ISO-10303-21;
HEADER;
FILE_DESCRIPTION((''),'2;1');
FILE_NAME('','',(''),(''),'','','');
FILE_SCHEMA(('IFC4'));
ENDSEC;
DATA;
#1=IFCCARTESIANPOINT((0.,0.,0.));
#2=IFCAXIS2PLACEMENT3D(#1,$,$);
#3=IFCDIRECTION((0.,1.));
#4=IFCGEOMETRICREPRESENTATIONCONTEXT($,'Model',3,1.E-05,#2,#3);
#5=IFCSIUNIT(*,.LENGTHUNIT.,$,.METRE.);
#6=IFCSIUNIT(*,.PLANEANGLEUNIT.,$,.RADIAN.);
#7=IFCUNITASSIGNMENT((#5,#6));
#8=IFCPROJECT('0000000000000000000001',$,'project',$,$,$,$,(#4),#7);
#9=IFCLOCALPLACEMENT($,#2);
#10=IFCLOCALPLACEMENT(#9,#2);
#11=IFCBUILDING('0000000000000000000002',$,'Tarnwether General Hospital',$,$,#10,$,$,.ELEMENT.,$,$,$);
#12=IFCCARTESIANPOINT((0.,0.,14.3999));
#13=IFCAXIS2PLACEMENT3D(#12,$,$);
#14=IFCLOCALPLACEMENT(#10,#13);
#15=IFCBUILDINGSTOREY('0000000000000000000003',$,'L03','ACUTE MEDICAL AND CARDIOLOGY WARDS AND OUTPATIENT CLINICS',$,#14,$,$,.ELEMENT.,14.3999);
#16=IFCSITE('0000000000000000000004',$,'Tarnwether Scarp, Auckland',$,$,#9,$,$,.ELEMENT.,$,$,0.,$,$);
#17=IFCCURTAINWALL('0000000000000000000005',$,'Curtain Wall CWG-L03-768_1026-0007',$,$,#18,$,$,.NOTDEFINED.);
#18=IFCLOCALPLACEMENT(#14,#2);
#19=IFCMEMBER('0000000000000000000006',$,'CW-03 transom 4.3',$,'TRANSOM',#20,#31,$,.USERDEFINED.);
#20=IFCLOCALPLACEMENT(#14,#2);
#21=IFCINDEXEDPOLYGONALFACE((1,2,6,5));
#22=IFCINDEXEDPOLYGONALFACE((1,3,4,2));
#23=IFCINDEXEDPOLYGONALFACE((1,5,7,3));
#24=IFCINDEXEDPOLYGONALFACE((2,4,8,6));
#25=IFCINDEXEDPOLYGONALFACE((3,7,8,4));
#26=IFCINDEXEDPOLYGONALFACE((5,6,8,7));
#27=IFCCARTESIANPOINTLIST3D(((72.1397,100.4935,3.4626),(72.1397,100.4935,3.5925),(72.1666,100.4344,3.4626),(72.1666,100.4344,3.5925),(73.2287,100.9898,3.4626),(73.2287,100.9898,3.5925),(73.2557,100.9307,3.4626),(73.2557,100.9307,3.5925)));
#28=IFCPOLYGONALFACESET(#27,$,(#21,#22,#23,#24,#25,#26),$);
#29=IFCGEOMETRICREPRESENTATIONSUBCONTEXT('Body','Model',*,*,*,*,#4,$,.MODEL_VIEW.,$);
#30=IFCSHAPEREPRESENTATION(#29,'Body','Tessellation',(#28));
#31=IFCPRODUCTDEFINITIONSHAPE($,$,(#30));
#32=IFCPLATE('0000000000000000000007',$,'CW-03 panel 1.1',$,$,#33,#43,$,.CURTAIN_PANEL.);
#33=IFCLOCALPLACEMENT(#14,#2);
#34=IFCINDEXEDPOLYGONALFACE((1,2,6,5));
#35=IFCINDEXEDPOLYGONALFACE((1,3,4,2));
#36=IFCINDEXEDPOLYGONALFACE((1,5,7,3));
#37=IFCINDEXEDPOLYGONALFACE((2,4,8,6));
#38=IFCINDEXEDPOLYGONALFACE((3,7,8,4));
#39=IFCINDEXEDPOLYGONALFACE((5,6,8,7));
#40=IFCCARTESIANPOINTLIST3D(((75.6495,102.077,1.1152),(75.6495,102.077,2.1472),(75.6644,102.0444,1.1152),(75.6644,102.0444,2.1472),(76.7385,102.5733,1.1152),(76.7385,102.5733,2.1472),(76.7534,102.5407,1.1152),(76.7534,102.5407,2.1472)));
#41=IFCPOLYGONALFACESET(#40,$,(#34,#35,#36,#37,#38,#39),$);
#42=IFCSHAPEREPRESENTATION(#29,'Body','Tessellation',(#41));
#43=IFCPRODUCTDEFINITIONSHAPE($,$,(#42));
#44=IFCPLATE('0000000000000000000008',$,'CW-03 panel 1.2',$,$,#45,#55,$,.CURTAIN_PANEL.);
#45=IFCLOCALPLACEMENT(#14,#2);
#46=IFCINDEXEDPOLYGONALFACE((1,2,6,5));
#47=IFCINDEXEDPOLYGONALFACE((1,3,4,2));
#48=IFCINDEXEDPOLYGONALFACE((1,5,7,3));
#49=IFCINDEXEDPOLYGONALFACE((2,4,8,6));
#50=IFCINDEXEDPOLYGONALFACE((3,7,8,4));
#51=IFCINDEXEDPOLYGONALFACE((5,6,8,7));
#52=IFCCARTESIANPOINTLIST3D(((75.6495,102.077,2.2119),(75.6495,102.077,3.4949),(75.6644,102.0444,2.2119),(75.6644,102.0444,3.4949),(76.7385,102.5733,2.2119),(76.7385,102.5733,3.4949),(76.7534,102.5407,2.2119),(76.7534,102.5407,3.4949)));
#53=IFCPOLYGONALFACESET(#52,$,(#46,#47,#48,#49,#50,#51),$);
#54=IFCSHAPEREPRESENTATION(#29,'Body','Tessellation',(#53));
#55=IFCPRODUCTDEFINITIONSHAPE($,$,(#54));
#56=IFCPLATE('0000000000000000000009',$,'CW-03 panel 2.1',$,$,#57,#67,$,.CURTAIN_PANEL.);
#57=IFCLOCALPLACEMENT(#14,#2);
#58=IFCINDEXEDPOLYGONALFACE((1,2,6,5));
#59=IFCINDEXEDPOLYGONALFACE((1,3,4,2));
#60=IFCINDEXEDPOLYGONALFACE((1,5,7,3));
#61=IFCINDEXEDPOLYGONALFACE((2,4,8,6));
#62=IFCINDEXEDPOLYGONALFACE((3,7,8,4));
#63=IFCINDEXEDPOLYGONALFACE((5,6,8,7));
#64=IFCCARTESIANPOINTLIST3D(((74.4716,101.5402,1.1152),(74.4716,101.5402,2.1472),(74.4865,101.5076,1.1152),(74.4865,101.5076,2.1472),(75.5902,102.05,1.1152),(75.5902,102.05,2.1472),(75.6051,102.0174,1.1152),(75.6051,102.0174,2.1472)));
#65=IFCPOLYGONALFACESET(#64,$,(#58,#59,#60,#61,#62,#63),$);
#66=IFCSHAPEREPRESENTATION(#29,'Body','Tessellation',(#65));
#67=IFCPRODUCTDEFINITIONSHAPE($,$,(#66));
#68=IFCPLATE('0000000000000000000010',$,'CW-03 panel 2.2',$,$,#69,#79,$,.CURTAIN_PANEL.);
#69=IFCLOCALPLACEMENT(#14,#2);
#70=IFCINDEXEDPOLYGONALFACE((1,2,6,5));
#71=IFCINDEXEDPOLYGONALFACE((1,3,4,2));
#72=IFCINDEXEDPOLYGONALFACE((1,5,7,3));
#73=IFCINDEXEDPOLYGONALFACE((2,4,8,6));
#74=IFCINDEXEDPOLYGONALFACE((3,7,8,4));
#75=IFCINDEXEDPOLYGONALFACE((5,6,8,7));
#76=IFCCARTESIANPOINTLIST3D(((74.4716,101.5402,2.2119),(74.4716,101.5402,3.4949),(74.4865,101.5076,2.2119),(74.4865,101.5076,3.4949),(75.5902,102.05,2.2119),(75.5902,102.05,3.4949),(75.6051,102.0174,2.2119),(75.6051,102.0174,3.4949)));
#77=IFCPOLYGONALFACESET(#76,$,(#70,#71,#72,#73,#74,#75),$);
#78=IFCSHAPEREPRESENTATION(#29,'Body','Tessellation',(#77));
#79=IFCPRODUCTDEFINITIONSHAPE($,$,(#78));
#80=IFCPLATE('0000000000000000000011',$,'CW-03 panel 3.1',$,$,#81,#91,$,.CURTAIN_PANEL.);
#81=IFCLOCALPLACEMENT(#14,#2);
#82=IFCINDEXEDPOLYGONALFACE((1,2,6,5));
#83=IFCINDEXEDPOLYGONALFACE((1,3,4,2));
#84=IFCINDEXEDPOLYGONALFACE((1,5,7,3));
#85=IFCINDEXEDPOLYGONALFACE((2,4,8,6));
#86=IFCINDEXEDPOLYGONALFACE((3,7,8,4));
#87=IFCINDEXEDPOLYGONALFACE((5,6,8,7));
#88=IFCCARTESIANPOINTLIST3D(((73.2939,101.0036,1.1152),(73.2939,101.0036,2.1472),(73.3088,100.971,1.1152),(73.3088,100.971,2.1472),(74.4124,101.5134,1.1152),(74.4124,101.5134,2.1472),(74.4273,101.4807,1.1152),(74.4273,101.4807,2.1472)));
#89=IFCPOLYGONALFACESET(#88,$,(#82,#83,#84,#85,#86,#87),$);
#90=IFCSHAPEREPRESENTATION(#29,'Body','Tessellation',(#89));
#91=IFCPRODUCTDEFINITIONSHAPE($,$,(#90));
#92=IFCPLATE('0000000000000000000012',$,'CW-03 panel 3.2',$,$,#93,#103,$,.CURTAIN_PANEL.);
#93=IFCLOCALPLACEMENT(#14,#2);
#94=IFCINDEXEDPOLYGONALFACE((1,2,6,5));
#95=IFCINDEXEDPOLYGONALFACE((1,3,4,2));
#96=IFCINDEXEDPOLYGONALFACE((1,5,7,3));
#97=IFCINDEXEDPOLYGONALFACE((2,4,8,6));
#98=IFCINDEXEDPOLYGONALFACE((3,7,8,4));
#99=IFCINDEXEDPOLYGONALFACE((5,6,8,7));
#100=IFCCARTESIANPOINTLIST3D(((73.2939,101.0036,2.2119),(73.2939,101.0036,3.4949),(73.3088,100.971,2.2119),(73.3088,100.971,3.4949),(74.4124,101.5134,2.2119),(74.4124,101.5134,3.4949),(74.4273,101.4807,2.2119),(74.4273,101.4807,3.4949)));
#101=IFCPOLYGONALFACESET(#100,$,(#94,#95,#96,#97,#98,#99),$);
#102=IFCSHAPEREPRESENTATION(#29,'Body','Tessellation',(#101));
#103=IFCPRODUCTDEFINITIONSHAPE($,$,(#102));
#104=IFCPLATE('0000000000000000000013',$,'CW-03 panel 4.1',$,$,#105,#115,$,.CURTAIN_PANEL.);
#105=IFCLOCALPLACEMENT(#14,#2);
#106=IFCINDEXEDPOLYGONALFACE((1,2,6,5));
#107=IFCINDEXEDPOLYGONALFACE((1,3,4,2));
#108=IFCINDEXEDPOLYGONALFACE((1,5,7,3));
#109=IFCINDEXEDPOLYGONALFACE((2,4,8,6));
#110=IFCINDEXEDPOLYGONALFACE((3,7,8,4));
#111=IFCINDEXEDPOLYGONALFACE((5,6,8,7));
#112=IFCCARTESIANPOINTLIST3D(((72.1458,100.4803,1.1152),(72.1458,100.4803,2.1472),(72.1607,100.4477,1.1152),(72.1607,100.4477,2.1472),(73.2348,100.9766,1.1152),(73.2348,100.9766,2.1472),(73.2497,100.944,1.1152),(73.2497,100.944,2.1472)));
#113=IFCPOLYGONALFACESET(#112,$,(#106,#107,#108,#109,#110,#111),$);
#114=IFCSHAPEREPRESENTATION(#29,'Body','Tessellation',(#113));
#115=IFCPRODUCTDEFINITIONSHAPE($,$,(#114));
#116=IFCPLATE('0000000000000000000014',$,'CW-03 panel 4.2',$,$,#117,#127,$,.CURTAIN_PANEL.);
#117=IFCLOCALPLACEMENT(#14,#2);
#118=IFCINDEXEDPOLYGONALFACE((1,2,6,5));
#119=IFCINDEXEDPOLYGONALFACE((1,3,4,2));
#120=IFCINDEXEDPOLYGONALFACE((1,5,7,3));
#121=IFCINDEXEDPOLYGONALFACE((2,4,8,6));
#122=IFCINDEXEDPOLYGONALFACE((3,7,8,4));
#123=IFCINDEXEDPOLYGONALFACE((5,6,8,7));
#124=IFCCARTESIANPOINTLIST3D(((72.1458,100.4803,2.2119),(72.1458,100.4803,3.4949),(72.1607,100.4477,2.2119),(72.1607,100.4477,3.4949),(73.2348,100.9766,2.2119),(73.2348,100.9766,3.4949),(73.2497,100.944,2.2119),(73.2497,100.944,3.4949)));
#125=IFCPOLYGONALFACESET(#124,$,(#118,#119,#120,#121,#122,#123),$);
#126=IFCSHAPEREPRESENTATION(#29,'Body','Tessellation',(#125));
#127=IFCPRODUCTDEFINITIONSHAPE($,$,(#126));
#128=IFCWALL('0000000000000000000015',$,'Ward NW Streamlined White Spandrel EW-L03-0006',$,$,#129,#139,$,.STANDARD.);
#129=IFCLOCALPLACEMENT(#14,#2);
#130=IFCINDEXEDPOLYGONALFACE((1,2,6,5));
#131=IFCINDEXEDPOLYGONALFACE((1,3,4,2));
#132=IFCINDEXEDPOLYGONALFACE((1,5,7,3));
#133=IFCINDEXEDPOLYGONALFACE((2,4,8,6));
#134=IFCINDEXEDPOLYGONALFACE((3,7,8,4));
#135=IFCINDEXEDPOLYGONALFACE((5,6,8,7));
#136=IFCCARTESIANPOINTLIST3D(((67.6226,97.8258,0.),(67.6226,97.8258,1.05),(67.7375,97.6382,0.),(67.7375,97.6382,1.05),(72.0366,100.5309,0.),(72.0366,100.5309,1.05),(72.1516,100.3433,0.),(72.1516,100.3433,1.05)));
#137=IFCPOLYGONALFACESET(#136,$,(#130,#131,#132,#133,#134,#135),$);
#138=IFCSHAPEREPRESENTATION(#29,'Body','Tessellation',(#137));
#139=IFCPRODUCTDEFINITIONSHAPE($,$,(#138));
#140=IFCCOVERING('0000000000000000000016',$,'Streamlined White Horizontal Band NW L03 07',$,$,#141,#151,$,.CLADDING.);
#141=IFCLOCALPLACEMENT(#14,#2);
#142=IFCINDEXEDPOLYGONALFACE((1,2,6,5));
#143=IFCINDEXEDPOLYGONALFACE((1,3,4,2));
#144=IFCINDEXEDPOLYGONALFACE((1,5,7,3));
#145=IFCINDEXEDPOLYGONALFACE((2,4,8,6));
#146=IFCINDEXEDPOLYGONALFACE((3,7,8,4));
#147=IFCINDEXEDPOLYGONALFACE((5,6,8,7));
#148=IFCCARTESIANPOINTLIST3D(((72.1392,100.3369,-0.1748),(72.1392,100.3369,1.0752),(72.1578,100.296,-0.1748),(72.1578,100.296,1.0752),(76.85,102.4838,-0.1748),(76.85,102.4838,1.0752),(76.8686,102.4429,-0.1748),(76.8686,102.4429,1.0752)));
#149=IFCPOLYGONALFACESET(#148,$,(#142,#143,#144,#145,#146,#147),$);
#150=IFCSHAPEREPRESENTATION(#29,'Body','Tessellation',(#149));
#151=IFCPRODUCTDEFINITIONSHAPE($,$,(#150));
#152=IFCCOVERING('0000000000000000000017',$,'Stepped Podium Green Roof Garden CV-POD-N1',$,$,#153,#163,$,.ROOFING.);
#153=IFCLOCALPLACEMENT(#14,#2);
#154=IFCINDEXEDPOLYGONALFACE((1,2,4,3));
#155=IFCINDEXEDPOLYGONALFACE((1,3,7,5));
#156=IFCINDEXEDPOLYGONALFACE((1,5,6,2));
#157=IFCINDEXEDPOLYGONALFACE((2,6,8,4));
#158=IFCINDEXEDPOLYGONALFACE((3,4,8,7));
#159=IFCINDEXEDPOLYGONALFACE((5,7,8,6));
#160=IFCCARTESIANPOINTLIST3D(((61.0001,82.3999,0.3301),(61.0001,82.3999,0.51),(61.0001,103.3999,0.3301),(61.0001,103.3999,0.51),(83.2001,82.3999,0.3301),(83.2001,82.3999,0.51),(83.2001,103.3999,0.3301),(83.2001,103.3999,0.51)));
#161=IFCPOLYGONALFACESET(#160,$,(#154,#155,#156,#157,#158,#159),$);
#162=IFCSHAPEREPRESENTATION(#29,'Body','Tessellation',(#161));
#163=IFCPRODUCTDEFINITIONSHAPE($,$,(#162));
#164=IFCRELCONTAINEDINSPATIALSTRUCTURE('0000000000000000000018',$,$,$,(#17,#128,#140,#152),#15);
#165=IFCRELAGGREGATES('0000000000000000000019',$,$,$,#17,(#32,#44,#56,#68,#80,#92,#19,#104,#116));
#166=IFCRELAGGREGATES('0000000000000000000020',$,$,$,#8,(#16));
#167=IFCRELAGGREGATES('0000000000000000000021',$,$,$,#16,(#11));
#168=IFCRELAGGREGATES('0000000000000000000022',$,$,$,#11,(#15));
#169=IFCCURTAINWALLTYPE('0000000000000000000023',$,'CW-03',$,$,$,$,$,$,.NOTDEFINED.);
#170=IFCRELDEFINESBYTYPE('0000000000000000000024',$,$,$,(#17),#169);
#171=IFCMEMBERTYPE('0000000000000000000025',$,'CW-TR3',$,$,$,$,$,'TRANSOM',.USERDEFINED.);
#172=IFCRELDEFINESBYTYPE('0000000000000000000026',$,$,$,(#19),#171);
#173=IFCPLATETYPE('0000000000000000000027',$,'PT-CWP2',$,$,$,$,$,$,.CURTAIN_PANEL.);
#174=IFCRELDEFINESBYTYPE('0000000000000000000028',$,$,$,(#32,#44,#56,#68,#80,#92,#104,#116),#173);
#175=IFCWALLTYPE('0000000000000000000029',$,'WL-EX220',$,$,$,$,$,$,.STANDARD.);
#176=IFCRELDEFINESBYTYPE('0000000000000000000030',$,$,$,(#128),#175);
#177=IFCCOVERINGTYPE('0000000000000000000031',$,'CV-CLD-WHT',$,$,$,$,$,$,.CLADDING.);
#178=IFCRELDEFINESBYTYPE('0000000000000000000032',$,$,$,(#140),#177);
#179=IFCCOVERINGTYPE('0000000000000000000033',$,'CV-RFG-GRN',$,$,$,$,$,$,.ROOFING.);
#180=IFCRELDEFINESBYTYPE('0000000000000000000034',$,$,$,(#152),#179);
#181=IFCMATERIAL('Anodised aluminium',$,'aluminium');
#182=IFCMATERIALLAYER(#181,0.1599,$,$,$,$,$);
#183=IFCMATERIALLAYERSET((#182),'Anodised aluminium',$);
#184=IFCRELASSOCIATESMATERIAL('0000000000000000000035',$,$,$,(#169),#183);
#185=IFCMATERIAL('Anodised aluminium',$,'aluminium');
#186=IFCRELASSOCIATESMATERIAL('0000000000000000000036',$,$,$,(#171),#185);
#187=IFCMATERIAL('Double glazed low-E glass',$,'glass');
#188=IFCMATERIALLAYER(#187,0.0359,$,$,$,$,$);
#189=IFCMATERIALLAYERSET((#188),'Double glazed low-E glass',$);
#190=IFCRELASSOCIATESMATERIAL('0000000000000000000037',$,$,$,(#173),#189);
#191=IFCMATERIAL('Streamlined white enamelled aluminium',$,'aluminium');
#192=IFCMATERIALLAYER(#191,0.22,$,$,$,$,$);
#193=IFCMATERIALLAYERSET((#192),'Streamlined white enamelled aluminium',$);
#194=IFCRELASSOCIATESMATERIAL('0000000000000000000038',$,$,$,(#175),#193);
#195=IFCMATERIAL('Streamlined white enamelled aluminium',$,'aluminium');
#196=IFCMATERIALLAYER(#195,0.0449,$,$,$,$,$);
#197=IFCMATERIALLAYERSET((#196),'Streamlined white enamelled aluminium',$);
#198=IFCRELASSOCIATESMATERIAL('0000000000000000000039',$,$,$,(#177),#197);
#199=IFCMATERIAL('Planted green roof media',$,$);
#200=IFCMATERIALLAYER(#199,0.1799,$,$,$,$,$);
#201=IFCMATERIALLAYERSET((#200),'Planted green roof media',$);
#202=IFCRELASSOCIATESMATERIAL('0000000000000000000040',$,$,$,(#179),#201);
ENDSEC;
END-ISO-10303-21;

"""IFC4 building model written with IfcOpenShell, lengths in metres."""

from ifc_helpers import new_model, si_unit, direction, frame, frame_2d, origin, origin_2d, place, context, subcontext, project, spatial, rectangle, extrude, material, layer, layer_set, material_profile, profile_set, type_object, element, aggregate, save


model = new_model("IFC4")

# Units and contexts
model_context = context("Model", 3, precision=1e-05, world=origin(), true_north=direction((0.0, 1.0)))
body_context = subcontext(model_context, "Body", "Model", "MODEL_VIEW")
ifc_project = project(units=[si_unit("LENGTHUNIT", "METRE"), si_unit("PLANEANGLEUNIT", "RADIAN")], contexts=[model_context])

# Site, building, storey
site_placement = place(None, origin())
site = spatial("IfcSite", under=ifc_project, at=site_placement, Name="Tarnwether Scarp, Auckland", CompositionType="ELEMENT", RefElevation=0.0)
building_placement = place(site_placement, origin())
building = spatial("IfcBuilding", under=site, at=building_placement, Name="Tarnwether General Hospital", CompositionType="ELEMENT")
storey_placement = place(building_placement, frame((0.0, 0.0, 14.3999)))
storey = spatial("IfcBuildingStorey", under=building, at=storey_placement, Name="L03", Description="ACUTE MEDICAL AND CARDIOLOGY WARDS AND OUTPATIENT CLINICS", CompositionType="ELEMENT", Elevation=14.3999)

# Shared definitions
ifc_material_1 = material(Name="Anodised aluminium", Category="aluminium")
ifc_layer_1 = layer(ifc_material_1, 0.1599)
ifc_layer_set_1 = layer_set([ifc_layer_1], Name="Anodised aluminium")
curtain_wall_type = type_object("IfcCurtainWallType", Name="CW-03", PredefinedType="NOTDEFINED", material=ifc_layer_set_1)

# Curtain wall
curtain_wall_1_placement = place(storey_placement, origin())
curtain_wall_1 = element("IfcCurtainWall", 1, at=curtain_wall_1_placement, inside=storey, type_object=curtain_wall_type, Name="Curtain Wall CWG-L03-768_1026-0007", PredefinedType="NOTDEFINED")

# Member
ifc_material_2 = material(Name="Anodised aluminium", Category="aluminium")
ifc_material_profile_1 = material_profile(ifc_material_2, rectangle(XDim=0.0649, YDim=0.1299, at=origin_2d()), Name="ALU-TRN-65x130")
ifc_profile_set_1 = profile_set([ifc_material_profile_1], Name="Anodised aluminium")
member_type_1 = type_object("IfcMemberType", Name="CW-TR3", ElementType="TRANSOM", PredefinedType="USERDEFINED", material=ifc_profile_set_1)
member_1_placement = place(storey_placement, frame((73.2422, 100.9602, 3.5276), z_axis=(-0.909961, -0.414694, 0.0), x_axis=(0.414694, -0.909961, 0.0)))
member_1 = element("IfcMember", 2, at=member_1_placement, type_object=member_type_1, Name="CW-03 transom 4.3", ObjectType="TRANSOM", PredefinedType="USERDEFINED", context=body_context, shape_type="SweptSolid", body=[
    extrude(rectangle(XDim=0.0649, YDim=0.1299, at=origin_2d()), origin(), (0.0, 0.0, 1.0), 1.1968),
])

# Plates
ifc_material_3 = material(Name="Double glazed low-E glass", Category="glass")
ifc_layer_2 = layer(ifc_material_3, 0.0359)
ifc_layer_set_2 = layer_set([ifc_layer_2], Name="Double glazed low-E glass")
plate_type = type_object("IfcPlateType", Name="PT-CWP2", PredefinedType="CURTAIN_PANEL", material=ifc_layer_set_2)
plate_1_placement = place(storey_placement, frame((76.2014, 102.3088, 1.1152), z_axis=(0.0, 0.0, 1.0), x_axis=(-0.909956, -0.414705, 0.0)))
plate_1 = element("IfcPlate", 3, at=plate_1_placement, type_object=plate_type, Name="CW-03 panel 1.1", PredefinedType="CURTAIN_PANEL", context=body_context, shape_type="SweptSolid", body=[
    extrude(rectangle(XDim=1.1968, YDim=0.0359, at=origin_2d()), origin(), (0.0, 0.0, 1.0), 1.032),
])
plate_2_placement = place(storey_placement, frame((76.2014, 102.3088, 2.2119), z_axis=(0.0, 0.0, 1.0), x_axis=(-0.909956, -0.414705, 0.0)))
plate_2 = element("IfcPlate", 4, at=plate_2_placement, type_object=plate_type, Name="CW-03 panel 1.2", PredefinedType="CURTAIN_PANEL", context=body_context, shape_type="SweptSolid", body=[
    extrude(rectangle(XDim=1.1968, YDim=0.0359, at=origin_2d()), origin(), (0.0, 0.0, 1.0), 1.283),
])
plate_3_placement = place(storey_placement, frame((75.0383, 101.7788, 1.1152), z_axis=(0.0, 0.0, 1.0), x_axis=(-0.909956, -0.414705, 0.0)))
plate_3 = element("IfcPlate", 5, at=plate_3_placement, type_object=plate_type, Name="CW-03 panel 2.1", PredefinedType="CURTAIN_PANEL", context=body_context, shape_type="SweptSolid", body=[
    extrude(rectangle(XDim=1.2292, YDim=0.0359, at=origin_2d()), origin(), (0.0, 0.0, 1.0), 1.032),
])
plate_4_placement = place(storey_placement, frame((75.0383, 101.7788, 2.2119), z_axis=(0.0, 0.0, 1.0), x_axis=(-0.909956, -0.414705, 0.0)))
plate_4 = element("IfcPlate", 6, at=plate_4_placement, type_object=plate_type, Name="CW-03 panel 2.2", PredefinedType="CURTAIN_PANEL", context=body_context, shape_type="SweptSolid", body=[
    extrude(rectangle(XDim=1.2292, YDim=0.0359, at=origin_2d()), origin(), (0.0, 0.0, 1.0), 1.283),
])
plate_5_placement = place(storey_placement, frame((73.8606, 101.2422, 1.1152), z_axis=(0.0, 0.0, 1.0), x_axis=(-0.909956, -0.414705, 0.0)))
plate_5 = element("IfcPlate", 7, at=plate_5_placement, type_object=plate_type, Name="CW-03 panel 3.1", PredefinedType="CURTAIN_PANEL", context=body_context, shape_type="SweptSolid", body=[
    extrude(rectangle(XDim=1.2292, YDim=0.0359, at=origin_2d()), origin(), (0.0, 0.0, 1.0), 1.032),
])
plate_6_placement = place(storey_placement, frame((73.8606, 101.2422, 2.2119), z_axis=(0.0, 0.0, 1.0), x_axis=(-0.909956, -0.414705, 0.0)))
plate_6 = element("IfcPlate", 8, at=plate_6_placement, type_object=plate_type, Name="CW-03 panel 3.2", PredefinedType="CURTAIN_PANEL", context=body_context, shape_type="SweptSolid", body=[
    extrude(rectangle(XDim=1.2292, YDim=0.0359, at=origin_2d()), origin(), (0.0, 0.0, 1.0), 1.283),
])
plate_7_placement = place(storey_placement, frame((72.6978, 100.7122, 1.1152), z_axis=(0.0, 0.0, 1.0), x_axis=(-0.909956, -0.414705, 0.0)))
plate_7 = element("IfcPlate", 9, at=plate_7_placement, type_object=plate_type, Name="CW-03 panel 4.1", PredefinedType="CURTAIN_PANEL", context=body_context, shape_type="SweptSolid", body=[
    extrude(rectangle(XDim=1.1968, YDim=0.0359, at=origin_2d()), origin(), (0.0, 0.0, 1.0), 1.032),
])
plate_8_placement = place(storey_placement, frame((72.6978, 100.7122, 2.2119), z_axis=(0.0, 0.0, 1.0), x_axis=(-0.909956, -0.414705, 0.0)))
plate_8 = element("IfcPlate", 10, at=plate_8_placement, type_object=plate_type, Name="CW-03 panel 4.2", PredefinedType="CURTAIN_PANEL", context=body_context, shape_type="SweptSolid", body=[
    extrude(rectangle(XDim=1.1968, YDim=0.0359, at=origin_2d()), origin(), (0.0, 0.0, 1.0), 1.283),
])
aggregate(curtain_wall_1, [plate_1, plate_2, plate_3, plate_4, plate_5, plate_6, member_1, plate_7, plate_8])

# Wall
ifc_material_4 = material(Name="Streamlined white enamelled aluminium", Category="aluminium")
ifc_layer_3 = layer(ifc_material_4, 0.22)
ifc_layer_set_3 = layer_set([ifc_layer_3], Name="Streamlined white enamelled aluminium")
wall_type = type_object("IfcWallType", Name="WL-EX220", PredefinedType="STANDARD", material=ifc_layer_set_3)
wall_placement = place(storey_placement, frame((72.094, 100.437, 0.0), z_axis=(0.0, 0.0, 1.0), x_axis=(-0.852628, -0.522518, 0.0)))
element("IfcWall", 11, at=wall_placement, inside=storey, type_object=wall_type, Name="Ward NW Streamlined White Spandrel EW-L03-0006", PredefinedType="STANDARD", context=body_context, shape_type="SweptSolid", body=[
    extrude(rectangle(XDim=5.177, YDim=0.22, at=frame_2d((2.5884, 0.0))), origin(), (0.0, 0.0, 1.0), 1.05),
])

# Coverings
ifc_material_5 = material(Name="Streamlined white enamelled aluminium", Category="aluminium")
ifc_layer_4 = layer(ifc_material_5, 0.0449)
ifc_layer_set_4 = layer_set([ifc_layer_4], Name="Streamlined white enamelled aluminium")
covering_type_1 = type_object("IfcCoveringType", Name="CV-CLD-WHT", PredefinedType="CLADDING", material=ifc_layer_set_4)
covering_1_placement = place(storey_placement, frame((74.5039, 101.3899, -0.1748), z_axis=(0.0, 0.0, 1.0), x_axis=(-0.909954, -0.414709, 0.0)))
element("IfcCovering", 12, at=covering_1_placement, inside=storey, type_object=covering_type_1, Name="Streamlined White Horizontal Band NW L03 07", PredefinedType="CLADDING", context=body_context, shape_type="SweptSolid", body=[
    extrude(rectangle(XDim=5.177, YDim=0.0449, at=origin_2d()), origin(), (0.0, 0.0, 1.0), 1.25),
])
ifc_material_6 = material(Name="Planted green roof media")
ifc_layer_5 = layer(ifc_material_6, 0.1799)
ifc_layer_set_5 = layer_set([ifc_layer_5], Name="Planted green roof media")
covering_type_2 = type_object("IfcCoveringType", Name="CV-RFG-GRN", PredefinedType="ROOFING", material=ifc_layer_set_5)
covering_2_placement = place(storey_placement, frame((72.1001, 92.8999, 0.3301), z_axis=(0.0, 0.0, 1.0), x_axis=(1.0, 0.0, 0.0)))
element("IfcCovering", 13, at=covering_2_placement, inside=storey, type_object=covering_type_2, Name="Stepped Podium Green Roof Garden CV-POD-N1", PredefinedType="ROOFING", context=body_context, shape_type="SweptSolid", body=[
    extrude(rectangle(XDim=22.2, YDim=21.0, at=origin_2d()), origin(), (0.0, 0.0, 1.0), 0.1799),
])

save(model, "model.ifc")
